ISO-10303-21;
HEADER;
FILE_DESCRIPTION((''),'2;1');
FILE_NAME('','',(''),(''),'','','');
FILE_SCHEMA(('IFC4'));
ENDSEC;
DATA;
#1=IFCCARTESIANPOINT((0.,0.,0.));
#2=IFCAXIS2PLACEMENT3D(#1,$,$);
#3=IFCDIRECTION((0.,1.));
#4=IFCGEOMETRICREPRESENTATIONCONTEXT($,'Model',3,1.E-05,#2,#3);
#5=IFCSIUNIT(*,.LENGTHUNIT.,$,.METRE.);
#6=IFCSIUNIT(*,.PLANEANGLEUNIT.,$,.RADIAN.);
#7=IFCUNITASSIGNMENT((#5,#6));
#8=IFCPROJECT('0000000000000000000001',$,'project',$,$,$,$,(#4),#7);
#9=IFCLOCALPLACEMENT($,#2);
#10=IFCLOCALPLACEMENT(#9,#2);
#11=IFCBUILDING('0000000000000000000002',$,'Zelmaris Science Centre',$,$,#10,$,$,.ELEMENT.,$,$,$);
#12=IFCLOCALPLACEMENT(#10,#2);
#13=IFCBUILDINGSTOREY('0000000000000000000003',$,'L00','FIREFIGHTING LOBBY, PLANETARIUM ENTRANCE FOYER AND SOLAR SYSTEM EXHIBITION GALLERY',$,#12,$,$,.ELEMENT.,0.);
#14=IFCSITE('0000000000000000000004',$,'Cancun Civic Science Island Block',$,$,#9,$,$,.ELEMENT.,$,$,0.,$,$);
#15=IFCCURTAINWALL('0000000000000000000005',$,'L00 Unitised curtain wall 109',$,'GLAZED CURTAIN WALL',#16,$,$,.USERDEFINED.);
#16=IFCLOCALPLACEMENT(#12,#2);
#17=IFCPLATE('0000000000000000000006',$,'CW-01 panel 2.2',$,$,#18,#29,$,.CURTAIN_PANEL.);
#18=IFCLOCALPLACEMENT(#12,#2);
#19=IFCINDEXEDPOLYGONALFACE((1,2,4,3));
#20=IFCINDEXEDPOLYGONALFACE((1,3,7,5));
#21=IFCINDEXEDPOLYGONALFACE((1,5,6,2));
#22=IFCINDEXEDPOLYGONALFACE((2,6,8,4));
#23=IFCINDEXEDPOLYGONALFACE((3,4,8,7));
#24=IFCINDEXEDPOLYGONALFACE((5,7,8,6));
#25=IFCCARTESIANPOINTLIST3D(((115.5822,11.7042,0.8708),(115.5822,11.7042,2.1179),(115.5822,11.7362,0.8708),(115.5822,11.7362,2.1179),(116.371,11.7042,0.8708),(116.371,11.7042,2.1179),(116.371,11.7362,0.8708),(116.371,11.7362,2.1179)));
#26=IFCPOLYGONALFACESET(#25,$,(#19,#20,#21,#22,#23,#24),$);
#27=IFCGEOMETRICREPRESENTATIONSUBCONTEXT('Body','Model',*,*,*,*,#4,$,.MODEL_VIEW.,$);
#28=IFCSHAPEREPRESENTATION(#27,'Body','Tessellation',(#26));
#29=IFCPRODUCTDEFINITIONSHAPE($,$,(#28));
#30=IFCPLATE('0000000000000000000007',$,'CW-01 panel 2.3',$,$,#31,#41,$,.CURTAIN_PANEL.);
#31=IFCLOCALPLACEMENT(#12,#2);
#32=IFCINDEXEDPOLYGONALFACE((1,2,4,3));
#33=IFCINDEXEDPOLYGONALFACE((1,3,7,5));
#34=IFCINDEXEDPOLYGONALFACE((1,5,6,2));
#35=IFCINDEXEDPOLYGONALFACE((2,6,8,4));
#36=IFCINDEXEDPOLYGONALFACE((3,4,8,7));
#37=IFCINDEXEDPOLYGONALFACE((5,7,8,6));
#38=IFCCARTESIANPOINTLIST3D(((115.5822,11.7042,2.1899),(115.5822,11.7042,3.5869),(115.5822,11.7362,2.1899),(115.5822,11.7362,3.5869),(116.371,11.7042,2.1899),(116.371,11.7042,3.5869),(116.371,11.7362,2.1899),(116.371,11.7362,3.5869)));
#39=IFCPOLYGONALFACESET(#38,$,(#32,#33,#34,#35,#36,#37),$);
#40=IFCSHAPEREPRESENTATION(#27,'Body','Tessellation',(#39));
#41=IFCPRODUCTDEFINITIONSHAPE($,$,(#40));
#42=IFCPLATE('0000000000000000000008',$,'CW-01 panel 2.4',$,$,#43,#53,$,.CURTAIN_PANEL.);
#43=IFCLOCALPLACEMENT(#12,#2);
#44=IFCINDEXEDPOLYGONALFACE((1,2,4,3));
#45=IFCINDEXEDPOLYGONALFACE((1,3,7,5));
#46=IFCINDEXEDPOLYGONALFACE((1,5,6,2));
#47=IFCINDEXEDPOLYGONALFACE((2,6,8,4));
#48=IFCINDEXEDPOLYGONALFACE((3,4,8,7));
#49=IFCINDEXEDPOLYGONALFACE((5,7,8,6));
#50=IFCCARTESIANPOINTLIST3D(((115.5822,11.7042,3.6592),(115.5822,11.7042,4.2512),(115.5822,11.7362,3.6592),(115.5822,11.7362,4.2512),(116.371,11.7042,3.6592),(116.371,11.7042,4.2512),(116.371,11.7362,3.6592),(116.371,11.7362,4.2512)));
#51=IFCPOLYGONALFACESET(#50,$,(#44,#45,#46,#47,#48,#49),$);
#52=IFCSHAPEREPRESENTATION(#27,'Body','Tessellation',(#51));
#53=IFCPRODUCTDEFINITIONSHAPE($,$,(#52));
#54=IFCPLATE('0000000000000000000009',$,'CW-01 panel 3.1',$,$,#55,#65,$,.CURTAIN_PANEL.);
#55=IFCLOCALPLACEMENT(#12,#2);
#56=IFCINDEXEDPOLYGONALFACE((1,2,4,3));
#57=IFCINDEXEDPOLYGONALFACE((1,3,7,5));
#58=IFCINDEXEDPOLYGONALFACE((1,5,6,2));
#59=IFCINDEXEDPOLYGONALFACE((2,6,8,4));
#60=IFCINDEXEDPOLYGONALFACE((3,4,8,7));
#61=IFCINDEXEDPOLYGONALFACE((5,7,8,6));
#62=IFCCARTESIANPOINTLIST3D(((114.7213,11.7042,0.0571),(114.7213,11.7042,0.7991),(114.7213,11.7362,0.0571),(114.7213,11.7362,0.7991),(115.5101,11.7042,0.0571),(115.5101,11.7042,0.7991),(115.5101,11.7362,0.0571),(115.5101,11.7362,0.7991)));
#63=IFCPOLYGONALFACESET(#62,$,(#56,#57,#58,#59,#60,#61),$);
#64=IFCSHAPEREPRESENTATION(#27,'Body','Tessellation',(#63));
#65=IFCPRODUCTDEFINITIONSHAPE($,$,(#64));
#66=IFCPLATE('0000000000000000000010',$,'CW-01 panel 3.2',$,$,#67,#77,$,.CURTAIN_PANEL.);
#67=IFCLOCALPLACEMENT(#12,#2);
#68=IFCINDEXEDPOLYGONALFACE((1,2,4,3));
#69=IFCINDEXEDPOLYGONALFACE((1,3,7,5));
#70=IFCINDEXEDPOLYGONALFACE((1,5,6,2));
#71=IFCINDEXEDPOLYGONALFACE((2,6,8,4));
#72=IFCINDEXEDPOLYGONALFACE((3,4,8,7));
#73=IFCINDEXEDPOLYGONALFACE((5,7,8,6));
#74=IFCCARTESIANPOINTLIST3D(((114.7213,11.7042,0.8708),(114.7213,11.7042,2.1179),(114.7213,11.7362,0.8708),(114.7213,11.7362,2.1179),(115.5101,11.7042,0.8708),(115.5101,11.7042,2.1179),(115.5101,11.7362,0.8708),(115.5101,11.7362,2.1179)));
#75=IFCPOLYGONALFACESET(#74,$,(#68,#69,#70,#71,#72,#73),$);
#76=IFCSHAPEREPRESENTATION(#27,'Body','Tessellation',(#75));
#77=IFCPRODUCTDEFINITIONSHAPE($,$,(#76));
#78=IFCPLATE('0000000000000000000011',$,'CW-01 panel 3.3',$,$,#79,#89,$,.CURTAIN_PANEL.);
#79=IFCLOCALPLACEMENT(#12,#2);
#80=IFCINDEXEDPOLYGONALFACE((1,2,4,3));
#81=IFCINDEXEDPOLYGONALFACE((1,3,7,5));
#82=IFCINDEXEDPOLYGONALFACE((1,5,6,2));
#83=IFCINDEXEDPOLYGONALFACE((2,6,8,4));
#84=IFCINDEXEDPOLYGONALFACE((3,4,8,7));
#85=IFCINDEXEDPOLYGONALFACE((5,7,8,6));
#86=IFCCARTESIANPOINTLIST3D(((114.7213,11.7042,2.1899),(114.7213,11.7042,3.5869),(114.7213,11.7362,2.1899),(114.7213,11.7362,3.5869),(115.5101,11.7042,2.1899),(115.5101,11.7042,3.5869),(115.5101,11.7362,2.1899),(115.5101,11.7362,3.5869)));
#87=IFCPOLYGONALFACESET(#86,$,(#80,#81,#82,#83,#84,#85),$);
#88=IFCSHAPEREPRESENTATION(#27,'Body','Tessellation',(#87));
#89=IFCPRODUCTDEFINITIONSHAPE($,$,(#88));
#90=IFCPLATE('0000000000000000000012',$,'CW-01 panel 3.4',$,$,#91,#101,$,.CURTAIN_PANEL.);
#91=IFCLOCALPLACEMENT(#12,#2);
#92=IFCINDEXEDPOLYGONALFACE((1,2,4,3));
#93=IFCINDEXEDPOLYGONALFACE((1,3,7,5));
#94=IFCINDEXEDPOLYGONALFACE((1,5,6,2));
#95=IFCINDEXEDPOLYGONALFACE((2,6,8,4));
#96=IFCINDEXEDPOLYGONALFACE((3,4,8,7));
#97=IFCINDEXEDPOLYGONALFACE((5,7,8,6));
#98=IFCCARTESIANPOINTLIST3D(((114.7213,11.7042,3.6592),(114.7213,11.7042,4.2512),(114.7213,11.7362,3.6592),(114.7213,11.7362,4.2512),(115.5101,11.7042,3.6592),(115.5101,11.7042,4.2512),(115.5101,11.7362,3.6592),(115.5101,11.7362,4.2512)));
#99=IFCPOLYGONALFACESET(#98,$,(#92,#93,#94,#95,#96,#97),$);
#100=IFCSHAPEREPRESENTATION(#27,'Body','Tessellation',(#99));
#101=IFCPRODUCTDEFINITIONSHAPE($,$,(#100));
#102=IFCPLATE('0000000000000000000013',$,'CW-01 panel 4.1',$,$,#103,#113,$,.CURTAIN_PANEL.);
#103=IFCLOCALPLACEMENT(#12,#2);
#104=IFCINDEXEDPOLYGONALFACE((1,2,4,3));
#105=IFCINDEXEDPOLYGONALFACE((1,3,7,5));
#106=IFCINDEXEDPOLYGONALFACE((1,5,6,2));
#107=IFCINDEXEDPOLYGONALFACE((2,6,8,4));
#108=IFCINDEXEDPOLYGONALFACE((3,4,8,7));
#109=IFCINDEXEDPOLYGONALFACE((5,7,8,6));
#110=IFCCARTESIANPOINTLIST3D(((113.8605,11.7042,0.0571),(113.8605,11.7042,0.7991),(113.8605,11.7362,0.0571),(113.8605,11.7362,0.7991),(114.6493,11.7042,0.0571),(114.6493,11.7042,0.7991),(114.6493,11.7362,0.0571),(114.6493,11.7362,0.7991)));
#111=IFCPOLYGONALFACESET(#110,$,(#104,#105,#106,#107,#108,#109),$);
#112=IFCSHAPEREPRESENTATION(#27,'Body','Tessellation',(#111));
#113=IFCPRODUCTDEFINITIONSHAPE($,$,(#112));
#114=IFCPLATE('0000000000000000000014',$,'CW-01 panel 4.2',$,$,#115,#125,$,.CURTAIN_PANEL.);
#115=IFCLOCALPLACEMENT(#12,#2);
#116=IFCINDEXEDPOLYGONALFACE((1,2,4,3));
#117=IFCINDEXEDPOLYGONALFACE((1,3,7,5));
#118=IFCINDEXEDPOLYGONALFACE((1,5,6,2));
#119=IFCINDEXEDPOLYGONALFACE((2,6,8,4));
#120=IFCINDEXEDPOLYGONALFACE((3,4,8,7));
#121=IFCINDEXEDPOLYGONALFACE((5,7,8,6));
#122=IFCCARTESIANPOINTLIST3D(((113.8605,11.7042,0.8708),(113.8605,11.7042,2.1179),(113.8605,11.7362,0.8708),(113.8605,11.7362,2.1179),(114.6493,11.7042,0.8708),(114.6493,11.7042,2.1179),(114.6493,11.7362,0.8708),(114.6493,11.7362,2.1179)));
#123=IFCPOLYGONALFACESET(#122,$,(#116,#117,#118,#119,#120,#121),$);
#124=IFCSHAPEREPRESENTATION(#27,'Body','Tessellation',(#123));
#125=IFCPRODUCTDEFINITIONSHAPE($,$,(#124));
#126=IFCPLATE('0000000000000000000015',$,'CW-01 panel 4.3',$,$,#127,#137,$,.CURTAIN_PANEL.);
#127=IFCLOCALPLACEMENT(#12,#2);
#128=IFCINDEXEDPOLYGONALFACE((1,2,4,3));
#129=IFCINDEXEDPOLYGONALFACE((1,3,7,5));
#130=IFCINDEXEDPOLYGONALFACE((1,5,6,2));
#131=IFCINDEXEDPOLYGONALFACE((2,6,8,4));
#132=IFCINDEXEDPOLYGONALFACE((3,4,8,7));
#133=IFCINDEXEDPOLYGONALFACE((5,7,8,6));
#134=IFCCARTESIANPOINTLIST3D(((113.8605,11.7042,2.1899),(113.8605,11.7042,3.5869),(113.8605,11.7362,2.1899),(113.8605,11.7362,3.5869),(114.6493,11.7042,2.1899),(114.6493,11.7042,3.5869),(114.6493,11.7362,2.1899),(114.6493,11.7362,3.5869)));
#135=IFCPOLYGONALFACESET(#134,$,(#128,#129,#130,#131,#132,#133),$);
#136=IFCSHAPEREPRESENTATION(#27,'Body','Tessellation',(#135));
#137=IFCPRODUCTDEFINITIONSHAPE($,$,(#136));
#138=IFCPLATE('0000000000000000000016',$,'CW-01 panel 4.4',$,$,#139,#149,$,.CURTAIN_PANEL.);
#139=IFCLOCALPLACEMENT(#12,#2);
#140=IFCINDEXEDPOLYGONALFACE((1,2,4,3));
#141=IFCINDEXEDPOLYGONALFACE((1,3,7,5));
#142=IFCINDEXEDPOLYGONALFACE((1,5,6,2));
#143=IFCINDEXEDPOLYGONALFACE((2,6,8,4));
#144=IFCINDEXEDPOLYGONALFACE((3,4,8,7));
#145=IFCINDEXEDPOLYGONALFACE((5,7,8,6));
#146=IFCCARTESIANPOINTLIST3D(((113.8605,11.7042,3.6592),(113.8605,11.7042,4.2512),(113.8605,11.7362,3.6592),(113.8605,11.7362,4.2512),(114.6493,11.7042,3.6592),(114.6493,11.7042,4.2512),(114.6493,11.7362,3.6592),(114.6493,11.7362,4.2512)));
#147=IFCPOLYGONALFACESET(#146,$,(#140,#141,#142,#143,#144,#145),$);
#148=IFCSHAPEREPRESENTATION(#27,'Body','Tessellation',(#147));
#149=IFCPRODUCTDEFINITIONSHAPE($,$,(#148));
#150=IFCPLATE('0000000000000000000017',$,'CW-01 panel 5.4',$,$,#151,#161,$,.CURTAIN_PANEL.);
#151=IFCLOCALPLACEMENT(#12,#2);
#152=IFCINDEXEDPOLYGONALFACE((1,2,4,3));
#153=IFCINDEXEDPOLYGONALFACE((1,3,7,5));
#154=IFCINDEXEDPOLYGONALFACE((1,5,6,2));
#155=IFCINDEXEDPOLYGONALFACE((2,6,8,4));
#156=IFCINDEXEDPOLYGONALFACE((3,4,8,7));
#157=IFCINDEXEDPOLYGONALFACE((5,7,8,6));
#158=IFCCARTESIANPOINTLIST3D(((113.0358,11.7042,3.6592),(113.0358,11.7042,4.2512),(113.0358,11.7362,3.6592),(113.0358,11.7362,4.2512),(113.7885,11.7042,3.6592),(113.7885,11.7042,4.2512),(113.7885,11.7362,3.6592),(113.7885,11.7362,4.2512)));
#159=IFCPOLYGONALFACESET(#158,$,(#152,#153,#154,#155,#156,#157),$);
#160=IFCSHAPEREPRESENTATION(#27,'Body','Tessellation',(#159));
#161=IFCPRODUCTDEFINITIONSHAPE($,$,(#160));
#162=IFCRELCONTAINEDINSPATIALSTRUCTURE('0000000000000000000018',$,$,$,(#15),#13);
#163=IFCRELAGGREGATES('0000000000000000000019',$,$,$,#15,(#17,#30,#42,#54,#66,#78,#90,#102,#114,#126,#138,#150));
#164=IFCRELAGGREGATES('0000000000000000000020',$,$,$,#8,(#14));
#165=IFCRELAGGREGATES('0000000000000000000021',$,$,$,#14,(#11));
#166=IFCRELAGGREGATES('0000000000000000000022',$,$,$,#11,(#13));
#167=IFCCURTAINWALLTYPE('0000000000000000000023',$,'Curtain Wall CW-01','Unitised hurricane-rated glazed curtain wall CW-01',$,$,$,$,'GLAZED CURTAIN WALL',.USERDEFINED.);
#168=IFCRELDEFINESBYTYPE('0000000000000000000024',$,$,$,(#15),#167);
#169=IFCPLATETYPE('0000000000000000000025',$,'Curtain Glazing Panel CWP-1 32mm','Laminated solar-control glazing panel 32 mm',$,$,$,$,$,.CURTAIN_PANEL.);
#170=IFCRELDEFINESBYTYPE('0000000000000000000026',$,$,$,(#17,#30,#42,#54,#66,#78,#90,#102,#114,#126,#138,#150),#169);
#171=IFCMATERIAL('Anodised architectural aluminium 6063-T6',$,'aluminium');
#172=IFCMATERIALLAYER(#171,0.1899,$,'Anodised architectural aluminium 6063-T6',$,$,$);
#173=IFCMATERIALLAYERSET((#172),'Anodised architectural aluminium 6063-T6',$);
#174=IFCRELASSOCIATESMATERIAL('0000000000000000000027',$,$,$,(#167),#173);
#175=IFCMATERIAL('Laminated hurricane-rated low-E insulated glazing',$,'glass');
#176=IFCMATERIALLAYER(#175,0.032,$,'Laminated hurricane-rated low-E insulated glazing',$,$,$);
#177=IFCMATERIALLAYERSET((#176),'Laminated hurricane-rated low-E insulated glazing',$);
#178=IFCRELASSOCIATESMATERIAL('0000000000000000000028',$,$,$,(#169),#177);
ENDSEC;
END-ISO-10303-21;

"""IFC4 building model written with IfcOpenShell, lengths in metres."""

from ifc_helpers import new_model, si_unit, direction, frame, origin, origin_2d, place, context, subcontext, project, spatial, rectangle, extrude, material, layer, layer_set, type_object, element, aggregate, save


model = new_model("IFC4")

# Units and contexts
model_context = context("Model", 3, precision=1e-05, world=origin(), true_north=direction((0.0, 1.0)))
body_context = subcontext(model_context, "Body", "Model", "MODEL_VIEW")
ifc_project = project(units=[si_unit("LENGTHUNIT", "METRE"), si_unit("PLANEANGLEUNIT", "RADIAN")], contexts=[model_context])

# Site, building, storey
site_placement = place(None, origin())
site = spatial("IfcSite", under=ifc_project, at=site_placement, Name="Cancun Civic Science Island Block", CompositionType="ELEMENT", RefElevation=0.0)
building_placement = place(site_placement, origin())
building = spatial("IfcBuilding", under=site, at=building_placement, Name="Zelmaris Science Centre", CompositionType="ELEMENT")
storey_placement = place(building_placement, origin())
storey = spatial("IfcBuildingStorey", under=building, at=storey_placement, Name="L00", Description="FIREFIGHTING LOBBY, PLANETARIUM ENTRANCE FOYER AND SOLAR SYSTEM EXHIBITION GALLERY", CompositionType="ELEMENT", Elevation=0.0)

# Curtain wall, plates
ifc_material_1 = material(Name="Anodised architectural aluminium 6063-T6", Category="aluminium")
ifc_layer_1 = layer(ifc_material_1, 0.1899, Name="Anodised architectural aluminium 6063-T6")
ifc_layer_set_1 = layer_set([ifc_layer_1], Name="Anodised architectural aluminium 6063-T6")
curtain_wall_type = type_object("IfcCurtainWallType", Name="Curtain Wall CW-01", Description="Unitised hurricane-rated glazed curtain wall CW-01", ElementType="GLAZED CURTAIN WALL", PredefinedType="USERDEFINED", material=ifc_layer_set_1)
curtain_wall_placement = place(storey_placement, origin())
curtain_wall = element("IfcCurtainWall", 1, at=curtain_wall_placement, inside=storey, type_object=curtain_wall_type, Name="L00 Unitised curtain wall 109", ObjectType="GLAZED CURTAIN WALL", PredefinedType="USERDEFINED")
ifc_material_2 = material(Name="Laminated hurricane-rated low-E insulated glazing", Category="glass")
ifc_layer_2 = layer(ifc_material_2, 0.032, Name="Laminated hurricane-rated low-E insulated glazing")
ifc_layer_set_2 = layer_set([ifc_layer_2], Name="Laminated hurricane-rated low-E insulated glazing")
plate_type = type_object("IfcPlateType", Name="Curtain Glazing Panel CWP-1 32mm", Description="Laminated solar-control glazing panel 32 mm", PredefinedType="CURTAIN_PANEL", material=ifc_layer_set_2)
plate_1_placement = place(storey_placement, frame((115.9766, 11.7202, 0.8708), z_axis=(0.0, 0.0, 1.0), x_axis=(-1.0, 0.0, 0.0)))
plate_1 = element("IfcPlate", 2, at=plate_1_placement, type_object=plate_type, Name="CW-01 panel 2.2", PredefinedType="CURTAIN_PANEL", context=body_context, shape_type="SweptSolid", body=[
    extrude(rectangle(XDim=0.7888, YDim=0.032, at=origin_2d()), origin(), (0.0, 0.0, 1.0), 1.2471),
])
plate_2_placement = place(storey_placement, frame((115.9766, 11.7202, 2.1899), z_axis=(0.0, 0.0, 1.0), x_axis=(-1.0, 0.0, 0.0)))
plate_2 = element("IfcPlate", 3, at=plate_2_placement, type_object=plate_type, Name="CW-01 panel 2.3", PredefinedType="CURTAIN_PANEL", context=body_context, shape_type="SweptSolid", body=[
    extrude(rectangle(XDim=0.7888, YDim=0.032, at=origin_2d()), origin(), (0.0, 0.0, 1.0), 1.397),
])
plate_3_placement = place(storey_placement, frame((115.9766, 11.7202, 3.6592), z_axis=(0.0, 0.0, 1.0), x_axis=(-1.0, 0.0, 0.0)))
plate_3 = element("IfcPlate", 4, at=plate_3_placement, type_object=plate_type, Name="CW-01 panel 2.4", PredefinedType="CURTAIN_PANEL", context=body_context, shape_type="SweptSolid", body=[
    extrude(rectangle(XDim=0.7888, YDim=0.032, at=origin_2d()), origin(), (0.0, 0.0, 1.0), 0.592),
])
plate_4_placement = place(storey_placement, frame((115.1157, 11.7202, 0.0571), z_axis=(0.0, 0.0, 1.0), x_axis=(-1.0, 0.0, 0.0)))
plate_4 = element("IfcPlate", 5, at=plate_4_placement, type_object=plate_type, Name="CW-01 panel 3.1", PredefinedType="CURTAIN_PANEL", context=body_context, shape_type="SweptSolid", body=[
    extrude(rectangle(XDim=0.7888, YDim=0.032, at=origin_2d()), origin(), (0.0, 0.0, 1.0), 0.7419),
])
plate_5_placement = place(storey_placement, frame((115.1157, 11.7202, 0.8708), z_axis=(0.0, 0.0, 1.0), x_axis=(-1.0, 0.0, 0.0)))
plate_5 = element("IfcPlate", 6, at=plate_5_placement, type_object=plate_type, Name="CW-01 panel 3.2", PredefinedType="CURTAIN_PANEL", context=body_context, shape_type="SweptSolid", body=[
    extrude(rectangle(XDim=0.7888, YDim=0.032, at=origin_2d()), origin(), (0.0, 0.0, 1.0), 1.2471),
])
plate_6_placement = place(storey_placement, frame((115.1157, 11.7202, 2.1899), z_axis=(0.0, 0.0, 1.0), x_axis=(-1.0, 0.0, 0.0)))
plate_6 = element("IfcPlate", 7, at=plate_6_placement, type_object=plate_type, Name="CW-01 panel 3.3", PredefinedType="CURTAIN_PANEL", context=body_context, shape_type="SweptSolid", body=[
    extrude(rectangle(XDim=0.7888, YDim=0.032, at=origin_2d()), origin(), (0.0, 0.0, 1.0), 1.397),
])
plate_7_placement = place(storey_placement, frame((115.1157, 11.7202, 3.6592), z_axis=(0.0, 0.0, 1.0), x_axis=(-1.0, 0.0, 0.0)))
plate_7 = element("IfcPlate", 8, at=plate_7_placement, type_object=plate_type, Name="CW-01 panel 3.4", PredefinedType="CURTAIN_PANEL", context=body_context, shape_type="SweptSolid", body=[
    extrude(rectangle(XDim=0.7888, YDim=0.032, at=origin_2d()), origin(), (0.0, 0.0, 1.0), 0.592),
])
plate_8_placement = place(storey_placement, frame((114.2549, 11.7202, 0.0571), z_axis=(0.0, 0.0, 1.0), x_axis=(-1.0, 0.0, 0.0)))
plate_8 = element("IfcPlate", 9, at=plate_8_placement, type_object=plate_type, Name="CW-01 panel 4.1", PredefinedType="CURTAIN_PANEL", context=body_context, shape_type="SweptSolid", body=[
    extrude(rectangle(XDim=0.7888, YDim=0.032, at=origin_2d()), origin(), (0.0, 0.0, 1.0), 0.7419),
])
plate_9_placement = place(storey_placement, frame((114.2549, 11.7202, 0.8708), z_axis=(0.0, 0.0, 1.0), x_axis=(-1.0, 0.0, 0.0)))
plate_9 = element("IfcPlate", 10, at=plate_9_placement, type_object=plate_type, Name="CW-01 panel 4.2", PredefinedType="CURTAIN_PANEL", context=body_context, shape_type="SweptSolid", body=[
    extrude(rectangle(XDim=0.7888, YDim=0.032, at=origin_2d()), origin(), (0.0, 0.0, 1.0), 1.2471),
])
plate_10_placement = place(storey_placement, frame((114.2549, 11.7202, 2.1899), z_axis=(0.0, 0.0, 1.0), x_axis=(-1.0, 0.0, 0.0)))
plate_10 = element("IfcPlate", 11, at=plate_10_placement, type_object=plate_type, Name="CW-01 panel 4.3", PredefinedType="CURTAIN_PANEL", context=body_context, shape_type="SweptSolid", body=[
    extrude(rectangle(XDim=0.7888, YDim=0.032, at=origin_2d()), origin(), (0.0, 0.0, 1.0), 1.397),
])
plate_11_placement = place(storey_placement, frame((114.2549, 11.7202, 3.6592), z_axis=(0.0, 0.0, 1.0), x_axis=(-1.0, 0.0, 0.0)))
plate_11 = element("IfcPlate", 12, at=plate_11_placement, type_object=plate_type, Name="CW-01 panel 4.4", PredefinedType="CURTAIN_PANEL", context=body_context, shape_type="SweptSolid", body=[
    extrude(rectangle(XDim=0.7888, YDim=0.032, at=origin_2d()), origin(), (0.0, 0.0, 1.0), 0.592),
])
plate_12_placement = place(storey_placement, frame((113.4121, 11.7202, 3.6592), z_axis=(0.0, 0.0, 1.0), x_axis=(-1.0, 0.0, 0.0)))
plate_12 = element("IfcPlate", 13, at=plate_12_placement, type_object=plate_type, Name="CW-01 panel 5.4", PredefinedType="CURTAIN_PANEL", context=body_context, shape_type="SweptSolid", body=[
    extrude(rectangle(XDim=0.7527, YDim=0.032, at=origin_2d()), origin(), (0.0, 0.0, 1.0), 0.592),
])
aggregate(curtain_wall, [plate_1, plate_2, plate_3, plate_4, plate_5, plate_6, plate_7, plate_8, plate_9, plate_10, plate_11, plate_12])

save(model, "model.ifc")
